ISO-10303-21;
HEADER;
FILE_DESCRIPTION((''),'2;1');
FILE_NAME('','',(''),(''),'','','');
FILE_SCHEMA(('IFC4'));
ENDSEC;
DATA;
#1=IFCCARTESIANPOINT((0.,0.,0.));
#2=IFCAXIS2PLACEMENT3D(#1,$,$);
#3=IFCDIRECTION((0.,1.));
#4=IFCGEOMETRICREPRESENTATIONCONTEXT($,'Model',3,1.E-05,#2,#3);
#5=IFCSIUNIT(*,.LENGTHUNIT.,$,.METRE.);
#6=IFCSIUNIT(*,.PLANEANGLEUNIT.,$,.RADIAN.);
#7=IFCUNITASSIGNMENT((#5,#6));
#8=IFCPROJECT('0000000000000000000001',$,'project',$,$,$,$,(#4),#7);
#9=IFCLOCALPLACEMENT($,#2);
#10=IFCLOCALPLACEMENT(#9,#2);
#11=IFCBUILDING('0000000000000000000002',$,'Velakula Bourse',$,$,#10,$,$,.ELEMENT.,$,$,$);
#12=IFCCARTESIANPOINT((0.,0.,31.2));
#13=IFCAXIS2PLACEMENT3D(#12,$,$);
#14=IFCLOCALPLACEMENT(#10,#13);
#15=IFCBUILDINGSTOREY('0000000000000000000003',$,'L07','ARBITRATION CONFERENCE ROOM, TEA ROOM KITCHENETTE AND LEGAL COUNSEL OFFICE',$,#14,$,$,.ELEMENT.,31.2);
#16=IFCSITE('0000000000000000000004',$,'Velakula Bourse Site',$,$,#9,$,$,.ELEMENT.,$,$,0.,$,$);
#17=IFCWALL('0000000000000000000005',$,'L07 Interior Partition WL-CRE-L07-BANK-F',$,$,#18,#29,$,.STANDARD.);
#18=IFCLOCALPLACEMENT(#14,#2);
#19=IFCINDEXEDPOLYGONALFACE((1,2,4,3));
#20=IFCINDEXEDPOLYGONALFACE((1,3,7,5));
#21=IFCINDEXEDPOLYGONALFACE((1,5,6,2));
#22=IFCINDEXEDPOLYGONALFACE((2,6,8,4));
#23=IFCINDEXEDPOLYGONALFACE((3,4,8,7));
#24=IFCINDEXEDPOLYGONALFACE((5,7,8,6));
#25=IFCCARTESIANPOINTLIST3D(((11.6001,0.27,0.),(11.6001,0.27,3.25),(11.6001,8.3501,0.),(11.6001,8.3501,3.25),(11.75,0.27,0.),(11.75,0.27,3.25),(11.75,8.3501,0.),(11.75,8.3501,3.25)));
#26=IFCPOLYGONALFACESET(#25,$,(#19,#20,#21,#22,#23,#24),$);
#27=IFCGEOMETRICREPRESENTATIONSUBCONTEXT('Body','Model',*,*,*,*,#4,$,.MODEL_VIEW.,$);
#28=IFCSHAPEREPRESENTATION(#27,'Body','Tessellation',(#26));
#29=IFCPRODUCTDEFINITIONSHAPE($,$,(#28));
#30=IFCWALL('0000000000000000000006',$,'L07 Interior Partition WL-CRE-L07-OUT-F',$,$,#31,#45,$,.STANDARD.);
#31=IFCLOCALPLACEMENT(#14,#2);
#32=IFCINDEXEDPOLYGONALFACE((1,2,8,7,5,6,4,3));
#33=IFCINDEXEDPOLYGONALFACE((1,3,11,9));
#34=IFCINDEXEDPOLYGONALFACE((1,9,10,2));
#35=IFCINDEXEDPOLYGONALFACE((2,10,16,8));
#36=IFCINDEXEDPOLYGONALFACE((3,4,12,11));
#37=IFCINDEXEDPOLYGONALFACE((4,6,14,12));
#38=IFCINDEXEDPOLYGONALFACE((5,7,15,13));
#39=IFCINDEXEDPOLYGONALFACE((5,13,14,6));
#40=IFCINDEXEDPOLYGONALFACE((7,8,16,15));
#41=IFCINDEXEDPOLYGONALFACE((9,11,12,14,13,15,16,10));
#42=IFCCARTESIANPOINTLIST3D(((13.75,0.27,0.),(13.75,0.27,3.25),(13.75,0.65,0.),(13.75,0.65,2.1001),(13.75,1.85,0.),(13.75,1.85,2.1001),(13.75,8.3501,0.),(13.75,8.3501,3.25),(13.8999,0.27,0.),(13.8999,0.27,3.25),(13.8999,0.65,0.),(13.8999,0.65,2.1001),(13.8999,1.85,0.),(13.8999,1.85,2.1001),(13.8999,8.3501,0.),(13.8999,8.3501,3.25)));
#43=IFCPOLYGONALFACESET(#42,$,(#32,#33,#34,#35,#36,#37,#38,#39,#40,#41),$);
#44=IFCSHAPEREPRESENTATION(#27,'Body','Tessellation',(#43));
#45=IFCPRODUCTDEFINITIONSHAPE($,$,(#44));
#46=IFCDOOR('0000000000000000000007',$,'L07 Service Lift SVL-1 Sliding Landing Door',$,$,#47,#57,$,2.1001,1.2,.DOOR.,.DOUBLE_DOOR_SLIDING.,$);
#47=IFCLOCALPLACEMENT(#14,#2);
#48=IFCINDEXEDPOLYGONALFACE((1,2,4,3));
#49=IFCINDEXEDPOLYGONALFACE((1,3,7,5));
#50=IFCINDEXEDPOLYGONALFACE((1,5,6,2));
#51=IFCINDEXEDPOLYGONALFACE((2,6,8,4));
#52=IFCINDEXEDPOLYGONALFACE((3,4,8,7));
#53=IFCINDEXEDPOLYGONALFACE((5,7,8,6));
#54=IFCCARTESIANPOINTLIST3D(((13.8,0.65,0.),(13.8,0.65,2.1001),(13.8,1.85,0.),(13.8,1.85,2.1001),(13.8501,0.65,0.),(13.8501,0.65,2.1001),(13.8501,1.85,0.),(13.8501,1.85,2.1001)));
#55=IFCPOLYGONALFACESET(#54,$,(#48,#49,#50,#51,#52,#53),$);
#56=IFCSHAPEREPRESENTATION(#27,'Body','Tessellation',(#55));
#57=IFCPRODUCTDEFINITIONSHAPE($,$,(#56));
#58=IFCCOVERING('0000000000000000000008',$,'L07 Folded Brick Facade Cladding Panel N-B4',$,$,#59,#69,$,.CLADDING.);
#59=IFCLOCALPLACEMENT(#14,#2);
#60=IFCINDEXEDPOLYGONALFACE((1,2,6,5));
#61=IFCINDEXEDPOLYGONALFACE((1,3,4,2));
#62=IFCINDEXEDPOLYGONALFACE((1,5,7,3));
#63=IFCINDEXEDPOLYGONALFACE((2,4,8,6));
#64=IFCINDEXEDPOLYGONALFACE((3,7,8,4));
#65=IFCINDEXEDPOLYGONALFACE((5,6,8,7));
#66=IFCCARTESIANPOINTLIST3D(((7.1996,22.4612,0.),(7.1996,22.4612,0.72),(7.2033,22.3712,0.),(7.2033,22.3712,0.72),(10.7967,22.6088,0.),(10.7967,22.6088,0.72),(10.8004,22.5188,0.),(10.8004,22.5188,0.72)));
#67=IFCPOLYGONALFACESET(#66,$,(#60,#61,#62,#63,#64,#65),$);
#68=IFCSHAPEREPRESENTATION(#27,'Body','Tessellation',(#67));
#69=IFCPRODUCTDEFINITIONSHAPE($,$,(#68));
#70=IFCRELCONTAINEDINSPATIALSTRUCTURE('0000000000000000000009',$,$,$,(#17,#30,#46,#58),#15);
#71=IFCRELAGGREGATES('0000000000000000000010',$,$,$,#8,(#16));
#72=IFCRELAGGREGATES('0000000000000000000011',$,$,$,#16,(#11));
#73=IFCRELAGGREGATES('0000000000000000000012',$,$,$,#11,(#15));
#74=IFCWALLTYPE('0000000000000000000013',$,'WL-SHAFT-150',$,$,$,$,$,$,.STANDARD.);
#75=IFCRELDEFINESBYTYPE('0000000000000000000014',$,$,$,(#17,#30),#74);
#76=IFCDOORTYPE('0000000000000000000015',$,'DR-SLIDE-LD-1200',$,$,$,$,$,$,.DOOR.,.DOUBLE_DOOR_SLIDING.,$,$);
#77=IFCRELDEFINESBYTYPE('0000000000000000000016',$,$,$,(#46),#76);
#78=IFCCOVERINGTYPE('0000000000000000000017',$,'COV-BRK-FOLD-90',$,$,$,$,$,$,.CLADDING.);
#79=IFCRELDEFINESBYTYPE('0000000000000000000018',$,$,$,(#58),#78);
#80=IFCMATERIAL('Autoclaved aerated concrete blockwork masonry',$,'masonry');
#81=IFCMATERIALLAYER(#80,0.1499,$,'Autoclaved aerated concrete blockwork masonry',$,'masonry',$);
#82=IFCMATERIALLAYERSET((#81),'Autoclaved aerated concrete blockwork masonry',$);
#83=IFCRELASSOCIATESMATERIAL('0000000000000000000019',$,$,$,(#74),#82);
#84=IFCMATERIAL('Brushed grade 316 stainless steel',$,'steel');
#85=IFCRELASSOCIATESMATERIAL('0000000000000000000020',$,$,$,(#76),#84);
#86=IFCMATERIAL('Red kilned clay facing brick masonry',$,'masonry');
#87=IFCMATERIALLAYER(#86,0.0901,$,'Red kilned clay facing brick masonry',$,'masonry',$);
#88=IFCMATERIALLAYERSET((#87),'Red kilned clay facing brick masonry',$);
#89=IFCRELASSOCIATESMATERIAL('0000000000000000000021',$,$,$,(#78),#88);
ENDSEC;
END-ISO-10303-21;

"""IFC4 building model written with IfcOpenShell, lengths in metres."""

from ifc_helpers import new_model, si_unit, direction, frame, frame_2d, origin, origin_2d, place, context, subcontext, project, spatial, rectangle, extrude, material, layer, layer_set, type_object, element, fill, save


model = new_model("IFC4")

# Units and contexts
model_context = context("Model", 3, precision=1e-05, world=origin(), true_north=direction((0.0, 1.0)))
body_context = subcontext(model_context, "Body", "Model", "MODEL_VIEW")
ifc_project = project(units=[si_unit("LENGTHUNIT", "METRE"), si_unit("PLANEANGLEUNIT", "RADIAN")], contexts=[model_context])

# Site, building, storey
site_placement = place(None, origin())
site = spatial("IfcSite", under=ifc_project, at=site_placement, Name="Velakula Bourse Site", CompositionType="ELEMENT", RefElevation=0.0)
building_placement = place(site_placement, origin())
building = spatial("IfcBuilding", under=site, at=building_placement, Name="Velakula Bourse", CompositionType="ELEMENT")
storey_placement = place(building_placement, frame((0.0, 0.0, 31.2)))
storey = spatial("IfcBuildingStorey", under=building, at=storey_placement, Name="L07", Description="ARBITRATION CONFERENCE ROOM, TEA ROOM KITCHENETTE AND LEGAL COUNSEL OFFICE", CompositionType="ELEMENT", Elevation=31.2)

# Shared definitions
ifc_material_1 = material(Name="Red kilned clay facing brick masonry", Category="masonry")

# Wall
ifc_material_2 = material(Name="Autoclaved aerated concrete blockwork masonry", Category="masonry")
ifc_layer_1 = layer(ifc_material_2, 0.1499, Name="Autoclaved aerated concrete blockwork masonry", Category="masonry")
ifc_layer_set_1 = layer_set([ifc_layer_1], Name="Autoclaved aerated concrete blockwork masonry")
wall_type_1 = type_object("IfcWallType", Name="WL-SHAFT-150", PredefinedType="STANDARD", material=ifc_layer_set_1)
wall_1_placement = place(storey_placement, frame((11.675, 0.27, 0.0), z_axis=(0.0, 0.0, 1.0), x_axis=(0.0, 1.0, 0.0)))
element("IfcWall", 1, at=wall_1_placement, inside=storey, type_object=wall_type_1, Name="L07 Interior Partition WL-CRE-L07-BANK-F", PredefinedType="STANDARD", context=body_context, shape_type="SweptSolid", body=[
    extrude(rectangle(XDim=8.0801, YDim=0.1499, at=frame_2d((4.04, 0.0))), origin(), (0.0, 0.0, 1.0), 3.25),
])

# Wall, opening, door
wall_2_placement = place(storey_placement, frame((13.825, 0.27, 0.0), z_axis=(0.0, 0.0, 1.0), x_axis=(0.0, 1.0, 0.0)))
wall_2 = element("IfcWall", 2, at=wall_2_placement, inside=storey, type_object=wall_type_1, Name="L07 Interior Partition WL-CRE-L07-OUT-F", PredefinedType="STANDARD", context=body_context, shape_type="SweptSolid", body=[
    extrude(rectangle(XDim=8.0801, YDim=0.1499, at=frame_2d((4.04, 0.0))), origin(), (0.0, 0.0, 1.0), 3.25),
])
opening_1_placement = place(wall_2_placement, frame((0.3799, 0.0, 0.0)))
opening_1 = element("IfcOpeningElement", 3, at=opening_1_placement, cuts=wall_2, PredefinedType="OPENING", context=body_context, shape_type="SweptSolid", body=[
    extrude(rectangle(XDim=1.2, YDim=2.1001, at=frame_2d((0.6001, 1.05))), frame((0.0, 0.085, 0.0), z_axis=(0.0, -1.0, 0.0), x_axis=(1.0, 0.0, 0.0)), (0.0, 0.0, 1.0), 0.1699),
])
ifc_material_3 = material(Name="Brushed grade 316 stainless steel", Category="steel")
door_type = type_object("IfcDoorType", Name="DR-SLIDE-LD-1200", OperationType="DOUBLE_DOOR_SLIDING", PredefinedType="DOOR", material=ifc_material_3)
door_placement = place(opening_1_placement, origin())
door = element("IfcDoor", 4, at=door_placement, inside=storey, type_object=door_type, Name="L07 Service Lift SVL-1 Sliding Landing Door", OperationType="DOUBLE_DOOR_SLIDING", OverallHeight=2.1001, OverallWidth=1.2, PredefinedType="DOOR", context=body_context, shape_type="SweptSolid", body=[
    extrude(rectangle(XDim=1.2, YDim=2.1001, at=frame_2d((0.6001, 1.05))), frame((0.0, 0.0249, 0.0), z_axis=(0.0, -1.0, 0.0), x_axis=(1.0, 0.0, 0.0)), (0.0, 0.0, 1.0), 0.05),
])
fill(opening_1, door)

# Covering
ifc_layer_2 = layer(ifc_material_1, 0.0901, Name="Red kilned clay facing brick masonry", Category="masonry")
ifc_layer_set_2 = layer_set([ifc_layer_2], Name="Red kilned clay facing brick masonry")
covering_type = type_object("IfcCoveringType", Name="COV-BRK-FOLD-90", PredefinedType="CLADDING", material=ifc_layer_set_2)
covering_placement = place(storey_placement, frame((9.0, 22.49, 0.0), z_axis=(0.0, 0.0, 1.0), x_axis=(0.999159, 0.041004, 0.0)))
element("IfcCovering", 5, at=covering_placement, inside=storey, type_object=covering_type, Name="L07 Folded Brick Facade Cladding Panel N-B4", PredefinedType="CLADDING", context=body_context, shape_type="SweptSolid", body=[
    extrude(rectangle(XDim=3.6001, YDim=0.0901, at=origin_2d()), origin(), (0.0, 0.0, 1.0), 0.72),
])

save(model, "model.ifc")
